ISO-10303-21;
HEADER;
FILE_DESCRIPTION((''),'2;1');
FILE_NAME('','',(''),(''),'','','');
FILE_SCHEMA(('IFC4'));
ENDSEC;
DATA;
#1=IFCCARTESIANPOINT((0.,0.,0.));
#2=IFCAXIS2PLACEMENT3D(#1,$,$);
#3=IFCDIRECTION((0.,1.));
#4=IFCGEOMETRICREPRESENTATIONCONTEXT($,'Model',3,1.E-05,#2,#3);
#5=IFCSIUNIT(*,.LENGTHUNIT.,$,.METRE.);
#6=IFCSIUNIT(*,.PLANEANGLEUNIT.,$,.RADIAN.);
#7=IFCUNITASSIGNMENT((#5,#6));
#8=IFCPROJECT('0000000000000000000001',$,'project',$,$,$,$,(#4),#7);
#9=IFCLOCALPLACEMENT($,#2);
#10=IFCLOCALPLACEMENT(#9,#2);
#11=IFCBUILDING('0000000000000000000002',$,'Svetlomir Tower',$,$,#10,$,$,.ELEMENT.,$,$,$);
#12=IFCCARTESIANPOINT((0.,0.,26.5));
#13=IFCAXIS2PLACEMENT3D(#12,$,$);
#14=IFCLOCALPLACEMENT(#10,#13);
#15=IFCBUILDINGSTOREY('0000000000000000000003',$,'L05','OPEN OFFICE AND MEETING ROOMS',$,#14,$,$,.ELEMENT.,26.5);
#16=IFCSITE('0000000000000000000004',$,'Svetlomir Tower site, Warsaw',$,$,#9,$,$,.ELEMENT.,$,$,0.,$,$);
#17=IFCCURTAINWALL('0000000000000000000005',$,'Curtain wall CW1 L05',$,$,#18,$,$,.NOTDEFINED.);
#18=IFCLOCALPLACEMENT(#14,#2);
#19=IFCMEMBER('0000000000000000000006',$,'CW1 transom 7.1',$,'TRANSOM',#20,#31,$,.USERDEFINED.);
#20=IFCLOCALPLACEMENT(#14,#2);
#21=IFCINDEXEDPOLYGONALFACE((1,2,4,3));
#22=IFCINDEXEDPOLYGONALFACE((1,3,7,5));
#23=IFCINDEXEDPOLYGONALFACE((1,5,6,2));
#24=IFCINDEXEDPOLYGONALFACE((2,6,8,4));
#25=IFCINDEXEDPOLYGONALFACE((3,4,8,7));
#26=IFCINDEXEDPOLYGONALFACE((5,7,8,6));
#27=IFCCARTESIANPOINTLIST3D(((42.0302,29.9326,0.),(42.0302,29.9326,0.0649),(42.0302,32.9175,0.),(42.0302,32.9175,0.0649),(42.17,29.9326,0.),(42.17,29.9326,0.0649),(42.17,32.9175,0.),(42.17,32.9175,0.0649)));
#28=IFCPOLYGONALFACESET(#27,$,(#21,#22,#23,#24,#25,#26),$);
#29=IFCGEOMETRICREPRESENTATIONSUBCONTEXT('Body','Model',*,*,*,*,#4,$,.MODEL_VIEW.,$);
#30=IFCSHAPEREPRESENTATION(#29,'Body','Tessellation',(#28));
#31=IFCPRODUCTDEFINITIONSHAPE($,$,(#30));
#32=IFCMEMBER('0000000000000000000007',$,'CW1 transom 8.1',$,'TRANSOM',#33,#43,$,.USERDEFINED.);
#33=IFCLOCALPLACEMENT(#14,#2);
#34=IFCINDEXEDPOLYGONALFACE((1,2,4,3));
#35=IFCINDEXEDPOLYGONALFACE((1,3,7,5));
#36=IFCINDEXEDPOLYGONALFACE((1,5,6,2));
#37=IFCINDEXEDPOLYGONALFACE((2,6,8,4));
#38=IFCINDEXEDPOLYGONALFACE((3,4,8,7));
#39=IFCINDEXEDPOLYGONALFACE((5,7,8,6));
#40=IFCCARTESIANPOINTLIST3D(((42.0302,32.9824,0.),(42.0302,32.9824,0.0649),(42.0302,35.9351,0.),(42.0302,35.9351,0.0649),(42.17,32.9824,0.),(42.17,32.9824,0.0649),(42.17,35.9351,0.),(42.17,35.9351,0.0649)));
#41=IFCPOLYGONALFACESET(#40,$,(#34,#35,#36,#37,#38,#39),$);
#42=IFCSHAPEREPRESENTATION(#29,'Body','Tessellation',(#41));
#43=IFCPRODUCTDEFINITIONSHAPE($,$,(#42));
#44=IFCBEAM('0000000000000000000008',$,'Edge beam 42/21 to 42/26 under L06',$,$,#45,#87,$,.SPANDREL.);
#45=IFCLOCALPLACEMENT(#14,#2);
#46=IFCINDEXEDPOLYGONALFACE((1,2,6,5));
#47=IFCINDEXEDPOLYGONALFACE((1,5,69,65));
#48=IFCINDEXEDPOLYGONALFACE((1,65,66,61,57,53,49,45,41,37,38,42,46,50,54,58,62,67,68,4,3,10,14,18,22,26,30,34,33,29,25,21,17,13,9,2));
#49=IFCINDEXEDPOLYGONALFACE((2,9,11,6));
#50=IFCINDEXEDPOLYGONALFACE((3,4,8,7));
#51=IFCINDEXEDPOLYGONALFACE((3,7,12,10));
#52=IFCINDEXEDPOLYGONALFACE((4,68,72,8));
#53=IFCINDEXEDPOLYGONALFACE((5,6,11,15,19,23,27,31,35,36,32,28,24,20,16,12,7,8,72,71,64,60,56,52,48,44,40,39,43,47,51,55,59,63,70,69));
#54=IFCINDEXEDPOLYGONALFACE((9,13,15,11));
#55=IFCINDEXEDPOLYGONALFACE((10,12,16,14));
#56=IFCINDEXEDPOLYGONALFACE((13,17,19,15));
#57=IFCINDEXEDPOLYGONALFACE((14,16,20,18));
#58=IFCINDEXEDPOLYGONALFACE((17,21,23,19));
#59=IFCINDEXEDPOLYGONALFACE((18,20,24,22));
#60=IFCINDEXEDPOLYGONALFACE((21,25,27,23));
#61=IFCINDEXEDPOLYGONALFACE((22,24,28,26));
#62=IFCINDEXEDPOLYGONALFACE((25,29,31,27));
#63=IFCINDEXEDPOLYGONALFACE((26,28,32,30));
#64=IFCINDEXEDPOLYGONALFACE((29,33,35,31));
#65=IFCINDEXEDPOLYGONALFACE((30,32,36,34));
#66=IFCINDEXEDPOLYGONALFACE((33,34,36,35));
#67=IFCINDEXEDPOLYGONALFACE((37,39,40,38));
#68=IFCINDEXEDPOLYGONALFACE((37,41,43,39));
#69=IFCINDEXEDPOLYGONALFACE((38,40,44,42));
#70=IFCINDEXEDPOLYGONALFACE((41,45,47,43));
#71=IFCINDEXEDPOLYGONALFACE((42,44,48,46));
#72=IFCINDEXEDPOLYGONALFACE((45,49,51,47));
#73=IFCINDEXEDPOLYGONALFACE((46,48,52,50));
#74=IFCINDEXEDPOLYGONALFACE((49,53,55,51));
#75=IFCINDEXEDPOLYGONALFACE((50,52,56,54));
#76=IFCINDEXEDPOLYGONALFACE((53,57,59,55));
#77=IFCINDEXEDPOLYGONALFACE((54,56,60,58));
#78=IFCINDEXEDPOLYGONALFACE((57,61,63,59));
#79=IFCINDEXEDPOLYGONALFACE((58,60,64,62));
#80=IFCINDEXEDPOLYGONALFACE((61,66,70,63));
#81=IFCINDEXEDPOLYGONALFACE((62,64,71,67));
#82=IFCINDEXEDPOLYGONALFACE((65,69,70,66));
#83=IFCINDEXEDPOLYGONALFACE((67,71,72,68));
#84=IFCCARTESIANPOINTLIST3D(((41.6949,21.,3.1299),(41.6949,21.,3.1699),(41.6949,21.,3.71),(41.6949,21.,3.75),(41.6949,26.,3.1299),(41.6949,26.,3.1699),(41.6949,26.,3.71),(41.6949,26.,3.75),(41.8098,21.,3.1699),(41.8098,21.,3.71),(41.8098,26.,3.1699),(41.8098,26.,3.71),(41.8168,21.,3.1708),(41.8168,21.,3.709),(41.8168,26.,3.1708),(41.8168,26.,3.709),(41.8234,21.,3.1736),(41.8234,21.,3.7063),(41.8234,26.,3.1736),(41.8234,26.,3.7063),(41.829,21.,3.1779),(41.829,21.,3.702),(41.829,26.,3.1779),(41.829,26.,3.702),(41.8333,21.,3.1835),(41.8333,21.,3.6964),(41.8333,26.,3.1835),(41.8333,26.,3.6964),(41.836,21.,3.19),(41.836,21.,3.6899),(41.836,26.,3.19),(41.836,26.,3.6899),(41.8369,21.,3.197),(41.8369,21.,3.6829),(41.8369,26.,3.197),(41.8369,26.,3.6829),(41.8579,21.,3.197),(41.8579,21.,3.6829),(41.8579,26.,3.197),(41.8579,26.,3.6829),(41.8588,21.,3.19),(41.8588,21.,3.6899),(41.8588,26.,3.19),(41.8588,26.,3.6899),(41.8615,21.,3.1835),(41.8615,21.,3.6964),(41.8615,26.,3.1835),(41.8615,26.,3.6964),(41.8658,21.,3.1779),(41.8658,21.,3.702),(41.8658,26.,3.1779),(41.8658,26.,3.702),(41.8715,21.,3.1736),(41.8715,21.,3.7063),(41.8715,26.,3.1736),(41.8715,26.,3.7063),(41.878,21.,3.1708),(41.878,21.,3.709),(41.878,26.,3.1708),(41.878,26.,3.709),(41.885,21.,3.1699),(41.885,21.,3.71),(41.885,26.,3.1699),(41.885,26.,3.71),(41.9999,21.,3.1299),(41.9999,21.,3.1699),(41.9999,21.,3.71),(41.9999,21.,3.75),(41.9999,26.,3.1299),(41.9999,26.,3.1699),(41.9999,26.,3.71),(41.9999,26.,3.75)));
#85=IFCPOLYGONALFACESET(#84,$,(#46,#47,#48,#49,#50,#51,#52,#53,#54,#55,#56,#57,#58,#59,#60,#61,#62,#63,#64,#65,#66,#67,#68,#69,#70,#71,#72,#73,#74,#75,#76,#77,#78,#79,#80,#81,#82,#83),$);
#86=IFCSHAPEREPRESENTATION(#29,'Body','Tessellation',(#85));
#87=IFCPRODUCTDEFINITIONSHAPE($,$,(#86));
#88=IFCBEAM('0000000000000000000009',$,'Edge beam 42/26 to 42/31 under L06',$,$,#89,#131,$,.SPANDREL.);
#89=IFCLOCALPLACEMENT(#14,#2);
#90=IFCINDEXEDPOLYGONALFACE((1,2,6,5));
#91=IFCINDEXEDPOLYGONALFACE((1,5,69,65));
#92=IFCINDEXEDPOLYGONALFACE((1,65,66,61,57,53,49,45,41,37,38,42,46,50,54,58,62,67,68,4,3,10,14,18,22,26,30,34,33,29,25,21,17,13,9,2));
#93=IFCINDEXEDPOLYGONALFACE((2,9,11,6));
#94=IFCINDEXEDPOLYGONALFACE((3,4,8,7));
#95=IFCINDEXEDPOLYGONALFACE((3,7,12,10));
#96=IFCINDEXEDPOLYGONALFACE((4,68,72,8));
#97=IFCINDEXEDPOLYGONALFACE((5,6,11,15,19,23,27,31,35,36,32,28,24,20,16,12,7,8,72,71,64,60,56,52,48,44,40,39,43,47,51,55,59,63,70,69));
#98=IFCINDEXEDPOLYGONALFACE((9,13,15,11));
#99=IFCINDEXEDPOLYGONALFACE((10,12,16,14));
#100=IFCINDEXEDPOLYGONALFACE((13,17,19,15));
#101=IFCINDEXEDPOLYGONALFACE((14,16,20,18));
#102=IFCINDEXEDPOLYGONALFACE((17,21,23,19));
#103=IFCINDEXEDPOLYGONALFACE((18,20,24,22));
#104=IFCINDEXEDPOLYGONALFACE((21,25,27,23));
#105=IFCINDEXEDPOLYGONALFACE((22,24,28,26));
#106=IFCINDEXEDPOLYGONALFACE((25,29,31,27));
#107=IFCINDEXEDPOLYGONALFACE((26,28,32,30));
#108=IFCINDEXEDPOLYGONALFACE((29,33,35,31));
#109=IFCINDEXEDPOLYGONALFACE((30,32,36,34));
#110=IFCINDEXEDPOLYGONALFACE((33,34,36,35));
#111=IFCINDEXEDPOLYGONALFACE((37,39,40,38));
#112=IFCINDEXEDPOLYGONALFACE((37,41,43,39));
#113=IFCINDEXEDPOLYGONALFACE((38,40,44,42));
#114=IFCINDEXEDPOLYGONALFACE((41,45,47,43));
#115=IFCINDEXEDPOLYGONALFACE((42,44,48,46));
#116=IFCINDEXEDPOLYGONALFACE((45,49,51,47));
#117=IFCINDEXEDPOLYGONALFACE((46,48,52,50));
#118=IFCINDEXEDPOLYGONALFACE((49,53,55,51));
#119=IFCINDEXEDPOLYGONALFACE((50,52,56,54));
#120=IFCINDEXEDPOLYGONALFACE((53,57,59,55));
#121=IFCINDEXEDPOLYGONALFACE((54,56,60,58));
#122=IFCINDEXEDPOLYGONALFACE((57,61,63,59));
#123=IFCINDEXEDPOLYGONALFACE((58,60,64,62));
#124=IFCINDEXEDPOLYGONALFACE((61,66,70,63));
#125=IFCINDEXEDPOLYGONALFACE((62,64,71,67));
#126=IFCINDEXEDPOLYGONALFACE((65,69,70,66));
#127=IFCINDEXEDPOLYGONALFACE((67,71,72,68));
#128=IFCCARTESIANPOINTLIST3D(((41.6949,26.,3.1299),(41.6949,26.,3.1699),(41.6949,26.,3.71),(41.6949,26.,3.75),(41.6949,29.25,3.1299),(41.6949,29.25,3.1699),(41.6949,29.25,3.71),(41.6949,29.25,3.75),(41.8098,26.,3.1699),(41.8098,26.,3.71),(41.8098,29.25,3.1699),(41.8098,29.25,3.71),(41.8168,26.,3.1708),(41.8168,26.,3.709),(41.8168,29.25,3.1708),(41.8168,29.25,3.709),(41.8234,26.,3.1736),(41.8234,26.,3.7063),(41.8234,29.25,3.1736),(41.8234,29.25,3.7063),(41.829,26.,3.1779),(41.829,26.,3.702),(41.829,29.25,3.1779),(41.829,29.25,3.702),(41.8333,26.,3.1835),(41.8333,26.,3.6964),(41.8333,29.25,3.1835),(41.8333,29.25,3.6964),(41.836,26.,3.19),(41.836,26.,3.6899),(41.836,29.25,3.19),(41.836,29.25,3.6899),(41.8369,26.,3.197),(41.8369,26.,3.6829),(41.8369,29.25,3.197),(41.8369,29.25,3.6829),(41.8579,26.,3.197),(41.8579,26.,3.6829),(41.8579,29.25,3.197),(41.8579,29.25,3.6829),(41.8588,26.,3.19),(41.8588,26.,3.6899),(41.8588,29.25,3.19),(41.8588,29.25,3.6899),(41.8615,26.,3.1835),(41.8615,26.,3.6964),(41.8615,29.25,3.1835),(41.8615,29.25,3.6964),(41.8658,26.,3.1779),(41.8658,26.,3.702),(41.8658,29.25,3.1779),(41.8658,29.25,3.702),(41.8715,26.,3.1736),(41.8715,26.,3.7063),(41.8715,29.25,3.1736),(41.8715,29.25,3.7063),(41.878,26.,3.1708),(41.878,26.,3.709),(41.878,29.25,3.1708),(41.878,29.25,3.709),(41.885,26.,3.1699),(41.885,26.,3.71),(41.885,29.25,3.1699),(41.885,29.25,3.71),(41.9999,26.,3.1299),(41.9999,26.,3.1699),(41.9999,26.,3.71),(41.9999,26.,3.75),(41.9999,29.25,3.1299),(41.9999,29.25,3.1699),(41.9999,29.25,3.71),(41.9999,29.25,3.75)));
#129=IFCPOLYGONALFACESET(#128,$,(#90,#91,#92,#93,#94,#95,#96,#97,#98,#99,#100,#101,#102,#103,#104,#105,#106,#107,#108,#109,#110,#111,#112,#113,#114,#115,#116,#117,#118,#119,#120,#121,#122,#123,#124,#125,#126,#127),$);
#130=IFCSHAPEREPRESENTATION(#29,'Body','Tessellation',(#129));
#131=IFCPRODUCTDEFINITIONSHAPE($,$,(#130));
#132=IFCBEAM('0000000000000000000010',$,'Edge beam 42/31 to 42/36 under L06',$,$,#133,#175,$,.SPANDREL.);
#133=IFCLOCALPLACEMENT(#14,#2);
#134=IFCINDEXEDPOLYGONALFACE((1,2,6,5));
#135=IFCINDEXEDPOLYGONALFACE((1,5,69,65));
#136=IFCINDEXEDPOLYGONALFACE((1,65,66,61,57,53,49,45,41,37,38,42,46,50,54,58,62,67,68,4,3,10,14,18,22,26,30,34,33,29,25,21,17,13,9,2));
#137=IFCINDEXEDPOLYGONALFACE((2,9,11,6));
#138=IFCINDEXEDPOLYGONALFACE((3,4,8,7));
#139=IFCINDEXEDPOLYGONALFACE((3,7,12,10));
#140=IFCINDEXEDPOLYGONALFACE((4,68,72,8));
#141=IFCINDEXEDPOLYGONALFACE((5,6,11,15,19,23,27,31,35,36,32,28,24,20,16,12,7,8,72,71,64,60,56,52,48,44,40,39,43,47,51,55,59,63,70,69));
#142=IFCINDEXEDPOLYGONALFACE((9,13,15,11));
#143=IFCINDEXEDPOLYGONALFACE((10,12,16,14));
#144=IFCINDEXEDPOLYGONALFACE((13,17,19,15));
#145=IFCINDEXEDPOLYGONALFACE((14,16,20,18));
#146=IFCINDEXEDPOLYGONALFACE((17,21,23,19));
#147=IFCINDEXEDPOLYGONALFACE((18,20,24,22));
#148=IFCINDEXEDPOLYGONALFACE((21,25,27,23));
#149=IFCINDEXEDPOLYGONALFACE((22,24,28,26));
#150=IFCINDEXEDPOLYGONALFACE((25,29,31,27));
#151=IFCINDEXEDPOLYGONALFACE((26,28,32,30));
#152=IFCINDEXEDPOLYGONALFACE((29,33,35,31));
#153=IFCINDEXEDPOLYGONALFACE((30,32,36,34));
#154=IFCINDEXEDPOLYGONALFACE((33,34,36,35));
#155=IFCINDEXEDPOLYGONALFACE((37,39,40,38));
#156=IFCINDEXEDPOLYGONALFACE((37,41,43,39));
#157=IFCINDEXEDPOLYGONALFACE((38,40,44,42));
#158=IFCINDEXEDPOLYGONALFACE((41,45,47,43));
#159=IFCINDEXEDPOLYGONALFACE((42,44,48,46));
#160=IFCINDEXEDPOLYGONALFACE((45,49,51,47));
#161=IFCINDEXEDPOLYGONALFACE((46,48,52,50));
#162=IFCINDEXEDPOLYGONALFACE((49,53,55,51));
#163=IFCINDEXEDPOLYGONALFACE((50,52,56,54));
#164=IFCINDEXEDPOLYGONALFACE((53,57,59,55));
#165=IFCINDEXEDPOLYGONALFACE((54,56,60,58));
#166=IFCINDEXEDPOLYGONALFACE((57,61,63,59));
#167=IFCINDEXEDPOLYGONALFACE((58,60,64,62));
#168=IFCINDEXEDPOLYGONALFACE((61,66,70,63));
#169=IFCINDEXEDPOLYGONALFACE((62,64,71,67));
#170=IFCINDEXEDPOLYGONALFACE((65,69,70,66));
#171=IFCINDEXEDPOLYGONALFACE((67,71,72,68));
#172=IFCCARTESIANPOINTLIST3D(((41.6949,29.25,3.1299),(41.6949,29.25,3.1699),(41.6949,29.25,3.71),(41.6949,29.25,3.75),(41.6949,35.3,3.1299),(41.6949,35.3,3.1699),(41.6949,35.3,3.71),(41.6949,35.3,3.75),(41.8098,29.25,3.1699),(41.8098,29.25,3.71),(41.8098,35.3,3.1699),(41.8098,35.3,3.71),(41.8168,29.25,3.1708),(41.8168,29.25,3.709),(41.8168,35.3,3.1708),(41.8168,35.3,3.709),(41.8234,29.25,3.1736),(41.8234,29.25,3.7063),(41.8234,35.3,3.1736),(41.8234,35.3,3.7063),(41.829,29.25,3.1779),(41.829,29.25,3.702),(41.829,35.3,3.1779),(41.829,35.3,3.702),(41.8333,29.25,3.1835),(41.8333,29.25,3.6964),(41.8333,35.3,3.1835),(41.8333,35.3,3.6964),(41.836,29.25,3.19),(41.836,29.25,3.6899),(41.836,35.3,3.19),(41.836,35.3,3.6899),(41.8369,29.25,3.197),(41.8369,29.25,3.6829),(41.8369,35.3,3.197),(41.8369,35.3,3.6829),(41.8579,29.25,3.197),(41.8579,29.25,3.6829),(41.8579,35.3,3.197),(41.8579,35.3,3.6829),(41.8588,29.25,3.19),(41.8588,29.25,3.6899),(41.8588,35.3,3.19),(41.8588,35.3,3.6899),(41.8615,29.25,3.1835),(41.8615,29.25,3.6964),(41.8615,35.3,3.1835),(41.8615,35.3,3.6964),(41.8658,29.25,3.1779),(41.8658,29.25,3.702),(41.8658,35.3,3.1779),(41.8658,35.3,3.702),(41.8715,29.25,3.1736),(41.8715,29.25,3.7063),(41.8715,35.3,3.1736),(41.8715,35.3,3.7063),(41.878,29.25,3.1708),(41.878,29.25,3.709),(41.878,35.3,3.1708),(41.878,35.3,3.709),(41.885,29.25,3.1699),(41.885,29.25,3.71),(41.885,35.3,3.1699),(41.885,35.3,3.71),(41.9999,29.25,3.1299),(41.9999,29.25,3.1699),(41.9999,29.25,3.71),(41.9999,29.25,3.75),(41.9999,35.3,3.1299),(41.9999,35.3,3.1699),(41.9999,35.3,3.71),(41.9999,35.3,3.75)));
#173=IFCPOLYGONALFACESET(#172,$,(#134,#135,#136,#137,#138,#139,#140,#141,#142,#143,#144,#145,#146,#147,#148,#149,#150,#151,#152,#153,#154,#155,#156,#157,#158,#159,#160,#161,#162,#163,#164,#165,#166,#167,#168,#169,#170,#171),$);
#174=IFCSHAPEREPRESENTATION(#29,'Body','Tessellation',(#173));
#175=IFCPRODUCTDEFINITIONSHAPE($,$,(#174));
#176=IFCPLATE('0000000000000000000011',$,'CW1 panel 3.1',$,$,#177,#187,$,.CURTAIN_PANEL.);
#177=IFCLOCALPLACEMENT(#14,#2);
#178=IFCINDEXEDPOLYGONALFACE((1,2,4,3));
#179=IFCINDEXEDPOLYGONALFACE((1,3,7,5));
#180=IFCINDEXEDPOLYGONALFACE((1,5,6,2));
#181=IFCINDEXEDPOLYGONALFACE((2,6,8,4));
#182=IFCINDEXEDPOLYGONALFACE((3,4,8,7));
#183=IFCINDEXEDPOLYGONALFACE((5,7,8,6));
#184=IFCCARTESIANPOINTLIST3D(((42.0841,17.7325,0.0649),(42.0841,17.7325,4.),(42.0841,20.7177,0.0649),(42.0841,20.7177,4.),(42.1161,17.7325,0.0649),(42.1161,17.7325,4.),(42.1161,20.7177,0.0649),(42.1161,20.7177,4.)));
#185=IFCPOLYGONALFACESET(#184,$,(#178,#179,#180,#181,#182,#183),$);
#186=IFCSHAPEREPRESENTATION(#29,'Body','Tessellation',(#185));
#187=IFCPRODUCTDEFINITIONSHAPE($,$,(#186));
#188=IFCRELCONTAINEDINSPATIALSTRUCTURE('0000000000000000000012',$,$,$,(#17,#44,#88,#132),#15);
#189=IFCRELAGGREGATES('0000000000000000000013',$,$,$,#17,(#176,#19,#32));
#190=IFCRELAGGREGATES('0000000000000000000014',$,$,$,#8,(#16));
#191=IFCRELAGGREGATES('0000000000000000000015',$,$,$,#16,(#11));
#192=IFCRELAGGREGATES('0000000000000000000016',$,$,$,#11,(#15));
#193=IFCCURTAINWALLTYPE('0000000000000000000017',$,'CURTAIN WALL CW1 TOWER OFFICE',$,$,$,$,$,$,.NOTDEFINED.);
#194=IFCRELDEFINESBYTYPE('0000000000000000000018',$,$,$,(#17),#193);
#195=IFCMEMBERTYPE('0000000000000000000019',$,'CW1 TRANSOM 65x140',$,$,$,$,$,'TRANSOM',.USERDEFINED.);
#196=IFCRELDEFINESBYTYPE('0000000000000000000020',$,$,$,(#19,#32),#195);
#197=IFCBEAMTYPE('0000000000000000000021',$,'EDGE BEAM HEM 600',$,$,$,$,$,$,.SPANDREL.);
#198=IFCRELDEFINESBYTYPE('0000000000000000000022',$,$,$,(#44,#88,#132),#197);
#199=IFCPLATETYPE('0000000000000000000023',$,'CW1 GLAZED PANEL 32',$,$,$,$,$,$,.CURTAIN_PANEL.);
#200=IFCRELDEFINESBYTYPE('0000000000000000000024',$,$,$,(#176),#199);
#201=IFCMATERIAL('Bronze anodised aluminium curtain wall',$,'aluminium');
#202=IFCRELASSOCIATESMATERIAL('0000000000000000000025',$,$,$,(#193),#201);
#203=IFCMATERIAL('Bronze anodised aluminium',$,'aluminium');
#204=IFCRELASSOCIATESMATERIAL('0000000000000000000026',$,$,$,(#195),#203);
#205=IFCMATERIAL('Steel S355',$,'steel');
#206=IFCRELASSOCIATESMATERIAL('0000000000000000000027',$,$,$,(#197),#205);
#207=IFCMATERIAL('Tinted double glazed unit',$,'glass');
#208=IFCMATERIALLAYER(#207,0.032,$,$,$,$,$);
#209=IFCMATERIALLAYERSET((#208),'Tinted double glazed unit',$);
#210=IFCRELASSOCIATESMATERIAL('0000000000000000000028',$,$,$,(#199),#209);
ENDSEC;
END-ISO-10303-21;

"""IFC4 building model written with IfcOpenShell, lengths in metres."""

from ifc_helpers import new_model, si_unit, direction, frame, origin, origin_2d, place, context, subcontext, project, spatial, rectangle, i_section, extrude, material, layer, layer_set, material_profile, profile_set, type_object, element, aggregate, save


model = new_model("IFC4")

# Units and contexts
model_context = context("Model", 3, precision=1e-05, world=origin(), true_north=direction((0.0, 1.0)))
body_context = subcontext(model_context, "Body", "Model", "MODEL_VIEW")
ifc_project = project(units=[si_unit("LENGTHUNIT", "METRE"), si_unit("PLANEANGLEUNIT", "RADIAN")], contexts=[model_context])

# Site, building, storey
site_placement = place(None, origin())
site = spatial("IfcSite", under=ifc_project, at=site_placement, Name="Svetlomir Tower site, Warsaw", CompositionType="ELEMENT", RefElevation=0.0)
building_placement = place(site_placement, origin())
building = spatial("IfcBuilding", under=site, at=building_placement, Name="Svetlomir Tower", CompositionType="ELEMENT")
storey_placement = place(building_placement, frame((0.0, 0.0, 26.5)))
storey = spatial("IfcBuildingStorey", under=building, at=storey_placement, Name="L05", Description="OPEN OFFICE AND MEETING ROOMS", CompositionType="ELEMENT", Elevation=26.5)

# Curtain wall, members
ifc_material_1 = material(Name="Bronze anodised aluminium curtain wall", Category="aluminium")
curtain_wall_type = type_object("IfcCurtainWallType", Name="CURTAIN WALL CW1 TOWER OFFICE", PredefinedType="NOTDEFINED", material=ifc_material_1)
curtain_wall_placement = place(storey_placement, origin())
curtain_wall = element("IfcCurtainWall", 1, at=curtain_wall_placement, inside=storey, type_object=curtain_wall_type, Name="Curtain wall CW1 L05", PredefinedType="NOTDEFINED")
ifc_material_2 = material(Name="Bronze anodised aluminium", Category="aluminium")
ifc_material_profile_1 = material_profile(ifc_material_2, rectangle(XDim=0.1399, YDim=0.0649, at=origin_2d()), Name="AL 140x65")
ifc_profile_set_1 = profile_set([ifc_material_profile_1], Name="Bronze anodised aluminium 6063-T6")
member_type_1 = type_object("IfcMemberType", Name="CW1 TRANSOM 65x140", ElementType="TRANSOM", PredefinedType="USERDEFINED", material=ifc_profile_set_1)
member_1_placement = place(storey_placement, frame((42.1001, 29.9326, 0.0325), z_axis=(0.0, 1.0, 0.0), x_axis=(-1.0, 0.0, 0.0)))
member_1 = element("IfcMember", 2, at=member_1_placement, type_object=member_type_1, Name="CW1 transom 7.1", ObjectType="TRANSOM", PredefinedType="USERDEFINED", context=body_context, shape_type="SweptSolid", body=[
    extrude(rectangle(XDim=0.1399, YDim=0.0649, at=origin_2d()), origin(), (0.0, 0.0, 1.0), 2.9849),
])
member_2_placement = place(storey_placement, frame((42.1001, 32.9824, 0.0325), z_axis=(0.0, 1.0, 0.0), x_axis=(-1.0, 0.0, 0.0)))
member_2 = element("IfcMember", 3, at=member_2_placement, type_object=member_type_1, Name="CW1 transom 8.1", ObjectType="TRANSOM", PredefinedType="USERDEFINED", context=body_context, shape_type="SweptSolid", body=[
    extrude(rectangle(XDim=0.1399, YDim=0.0649, at=origin_2d()), origin(), (0.0, 0.0, 1.0), 2.9526),
])

# Beams
ifc_material_3 = material(Name="Steel S355", Category="steel")
ifc_material_profile_2 = material_profile(ifc_material_3, i_section(OverallWidth=0.3049, OverallDepth=0.6201, WebThickness=0.021, FlangeThickness=0.04, FilletRadius=0.0271, at=origin_2d()), Name="HEM 600")
ifc_profile_set_2 = profile_set([ifc_material_profile_2], Name="Steel S355")
beam_type = type_object("IfcBeamType", Name="EDGE BEAM HEM 600", PredefinedType="SPANDREL", material=ifc_profile_set_2)
beam_1_placement = place(storey_placement, frame((41.8474, 21.0, 3.4399), z_axis=(0.0, 1.0, 0.0), x_axis=(-1.0, 0.0, 0.0)))
element("IfcBeam", 4, at=beam_1_placement, inside=storey, type_object=beam_type, Name="Edge beam 42/21 to 42/26 under L06", PredefinedType="SPANDREL", context=body_context, shape_type="SweptSolid", body=[
    extrude(i_section(OverallWidth=0.3049, OverallDepth=0.6201, WebThickness=0.021, FlangeThickness=0.04, FilletRadius=0.0271, at=origin_2d()), origin(), (0.0, 0.0, 1.0), 5.0),
])
beam_2_placement = place(storey_placement, frame((41.8474, 26.0, 3.4399), z_axis=(0.0, 1.0, 0.0), x_axis=(-1.0, 0.0, 0.0)))
element("IfcBeam", 5, at=beam_2_placement, inside=storey, type_object=beam_type, Name="Edge beam 42/26 to 42/31 under L06", PredefinedType="SPANDREL", context=body_context, shape_type="SweptSolid", body=[
    extrude(i_section(OverallWidth=0.3049, OverallDepth=0.6201, WebThickness=0.021, FlangeThickness=0.04, FilletRadius=0.0271, at=origin_2d()), origin(), (0.0, 0.0, 1.0), 3.25),
])
beam_3_placement = place(storey_placement, frame((41.8474, 29.25, 3.4399), z_axis=(0.0, 1.0, 0.0), x_axis=(-1.0, 0.0, 0.0)))
element("IfcBeam", 6, at=beam_3_placement, inside=storey, type_object=beam_type, Name="Edge beam 42/31 to 42/36 under L06", PredefinedType="SPANDREL", context=body_context, shape_type="SweptSolid", body=[
    extrude(i_section(OverallWidth=0.3049, OverallDepth=0.6201, WebThickness=0.021, FlangeThickness=0.04, FilletRadius=0.0271, at=origin_2d()), origin(), (0.0, 0.0, 1.0), 6.05),
])

# Plate
ifc_material_4 = material(Name="Tinted double glazed unit", Category="glass")
ifc_layer_1 = layer(ifc_material_4, 0.032)
ifc_layer_set_1 = layer_set([ifc_layer_1], Name="Tinted double glazed unit")
plate_type = type_object("IfcPlateType", Name="CW1 GLAZED PANEL 32", PredefinedType="CURTAIN_PANEL", material=ifc_layer_set_1)
plate_1_placement = place(storey_placement, frame((42.1001, 19.2251, 0.0649), z_axis=(0.0, 0.0, 1.0), x_axis=(0.0, 1.0, 0.0)))
plate_1 = element("IfcPlate", 7, at=plate_1_placement, type_object=plate_type, Name="CW1 panel 3.1", PredefinedType="CURTAIN_PANEL", context=body_context, shape_type="SweptSolid", body=[
    extrude(rectangle(XDim=2.9851, YDim=0.032, at=origin_2d()), origin(), (0.0, 0.0, 1.0), 3.9351),
])
aggregate(curtain_wall, [plate_1, member_1, member_2])

save(model, "model.ifc")
